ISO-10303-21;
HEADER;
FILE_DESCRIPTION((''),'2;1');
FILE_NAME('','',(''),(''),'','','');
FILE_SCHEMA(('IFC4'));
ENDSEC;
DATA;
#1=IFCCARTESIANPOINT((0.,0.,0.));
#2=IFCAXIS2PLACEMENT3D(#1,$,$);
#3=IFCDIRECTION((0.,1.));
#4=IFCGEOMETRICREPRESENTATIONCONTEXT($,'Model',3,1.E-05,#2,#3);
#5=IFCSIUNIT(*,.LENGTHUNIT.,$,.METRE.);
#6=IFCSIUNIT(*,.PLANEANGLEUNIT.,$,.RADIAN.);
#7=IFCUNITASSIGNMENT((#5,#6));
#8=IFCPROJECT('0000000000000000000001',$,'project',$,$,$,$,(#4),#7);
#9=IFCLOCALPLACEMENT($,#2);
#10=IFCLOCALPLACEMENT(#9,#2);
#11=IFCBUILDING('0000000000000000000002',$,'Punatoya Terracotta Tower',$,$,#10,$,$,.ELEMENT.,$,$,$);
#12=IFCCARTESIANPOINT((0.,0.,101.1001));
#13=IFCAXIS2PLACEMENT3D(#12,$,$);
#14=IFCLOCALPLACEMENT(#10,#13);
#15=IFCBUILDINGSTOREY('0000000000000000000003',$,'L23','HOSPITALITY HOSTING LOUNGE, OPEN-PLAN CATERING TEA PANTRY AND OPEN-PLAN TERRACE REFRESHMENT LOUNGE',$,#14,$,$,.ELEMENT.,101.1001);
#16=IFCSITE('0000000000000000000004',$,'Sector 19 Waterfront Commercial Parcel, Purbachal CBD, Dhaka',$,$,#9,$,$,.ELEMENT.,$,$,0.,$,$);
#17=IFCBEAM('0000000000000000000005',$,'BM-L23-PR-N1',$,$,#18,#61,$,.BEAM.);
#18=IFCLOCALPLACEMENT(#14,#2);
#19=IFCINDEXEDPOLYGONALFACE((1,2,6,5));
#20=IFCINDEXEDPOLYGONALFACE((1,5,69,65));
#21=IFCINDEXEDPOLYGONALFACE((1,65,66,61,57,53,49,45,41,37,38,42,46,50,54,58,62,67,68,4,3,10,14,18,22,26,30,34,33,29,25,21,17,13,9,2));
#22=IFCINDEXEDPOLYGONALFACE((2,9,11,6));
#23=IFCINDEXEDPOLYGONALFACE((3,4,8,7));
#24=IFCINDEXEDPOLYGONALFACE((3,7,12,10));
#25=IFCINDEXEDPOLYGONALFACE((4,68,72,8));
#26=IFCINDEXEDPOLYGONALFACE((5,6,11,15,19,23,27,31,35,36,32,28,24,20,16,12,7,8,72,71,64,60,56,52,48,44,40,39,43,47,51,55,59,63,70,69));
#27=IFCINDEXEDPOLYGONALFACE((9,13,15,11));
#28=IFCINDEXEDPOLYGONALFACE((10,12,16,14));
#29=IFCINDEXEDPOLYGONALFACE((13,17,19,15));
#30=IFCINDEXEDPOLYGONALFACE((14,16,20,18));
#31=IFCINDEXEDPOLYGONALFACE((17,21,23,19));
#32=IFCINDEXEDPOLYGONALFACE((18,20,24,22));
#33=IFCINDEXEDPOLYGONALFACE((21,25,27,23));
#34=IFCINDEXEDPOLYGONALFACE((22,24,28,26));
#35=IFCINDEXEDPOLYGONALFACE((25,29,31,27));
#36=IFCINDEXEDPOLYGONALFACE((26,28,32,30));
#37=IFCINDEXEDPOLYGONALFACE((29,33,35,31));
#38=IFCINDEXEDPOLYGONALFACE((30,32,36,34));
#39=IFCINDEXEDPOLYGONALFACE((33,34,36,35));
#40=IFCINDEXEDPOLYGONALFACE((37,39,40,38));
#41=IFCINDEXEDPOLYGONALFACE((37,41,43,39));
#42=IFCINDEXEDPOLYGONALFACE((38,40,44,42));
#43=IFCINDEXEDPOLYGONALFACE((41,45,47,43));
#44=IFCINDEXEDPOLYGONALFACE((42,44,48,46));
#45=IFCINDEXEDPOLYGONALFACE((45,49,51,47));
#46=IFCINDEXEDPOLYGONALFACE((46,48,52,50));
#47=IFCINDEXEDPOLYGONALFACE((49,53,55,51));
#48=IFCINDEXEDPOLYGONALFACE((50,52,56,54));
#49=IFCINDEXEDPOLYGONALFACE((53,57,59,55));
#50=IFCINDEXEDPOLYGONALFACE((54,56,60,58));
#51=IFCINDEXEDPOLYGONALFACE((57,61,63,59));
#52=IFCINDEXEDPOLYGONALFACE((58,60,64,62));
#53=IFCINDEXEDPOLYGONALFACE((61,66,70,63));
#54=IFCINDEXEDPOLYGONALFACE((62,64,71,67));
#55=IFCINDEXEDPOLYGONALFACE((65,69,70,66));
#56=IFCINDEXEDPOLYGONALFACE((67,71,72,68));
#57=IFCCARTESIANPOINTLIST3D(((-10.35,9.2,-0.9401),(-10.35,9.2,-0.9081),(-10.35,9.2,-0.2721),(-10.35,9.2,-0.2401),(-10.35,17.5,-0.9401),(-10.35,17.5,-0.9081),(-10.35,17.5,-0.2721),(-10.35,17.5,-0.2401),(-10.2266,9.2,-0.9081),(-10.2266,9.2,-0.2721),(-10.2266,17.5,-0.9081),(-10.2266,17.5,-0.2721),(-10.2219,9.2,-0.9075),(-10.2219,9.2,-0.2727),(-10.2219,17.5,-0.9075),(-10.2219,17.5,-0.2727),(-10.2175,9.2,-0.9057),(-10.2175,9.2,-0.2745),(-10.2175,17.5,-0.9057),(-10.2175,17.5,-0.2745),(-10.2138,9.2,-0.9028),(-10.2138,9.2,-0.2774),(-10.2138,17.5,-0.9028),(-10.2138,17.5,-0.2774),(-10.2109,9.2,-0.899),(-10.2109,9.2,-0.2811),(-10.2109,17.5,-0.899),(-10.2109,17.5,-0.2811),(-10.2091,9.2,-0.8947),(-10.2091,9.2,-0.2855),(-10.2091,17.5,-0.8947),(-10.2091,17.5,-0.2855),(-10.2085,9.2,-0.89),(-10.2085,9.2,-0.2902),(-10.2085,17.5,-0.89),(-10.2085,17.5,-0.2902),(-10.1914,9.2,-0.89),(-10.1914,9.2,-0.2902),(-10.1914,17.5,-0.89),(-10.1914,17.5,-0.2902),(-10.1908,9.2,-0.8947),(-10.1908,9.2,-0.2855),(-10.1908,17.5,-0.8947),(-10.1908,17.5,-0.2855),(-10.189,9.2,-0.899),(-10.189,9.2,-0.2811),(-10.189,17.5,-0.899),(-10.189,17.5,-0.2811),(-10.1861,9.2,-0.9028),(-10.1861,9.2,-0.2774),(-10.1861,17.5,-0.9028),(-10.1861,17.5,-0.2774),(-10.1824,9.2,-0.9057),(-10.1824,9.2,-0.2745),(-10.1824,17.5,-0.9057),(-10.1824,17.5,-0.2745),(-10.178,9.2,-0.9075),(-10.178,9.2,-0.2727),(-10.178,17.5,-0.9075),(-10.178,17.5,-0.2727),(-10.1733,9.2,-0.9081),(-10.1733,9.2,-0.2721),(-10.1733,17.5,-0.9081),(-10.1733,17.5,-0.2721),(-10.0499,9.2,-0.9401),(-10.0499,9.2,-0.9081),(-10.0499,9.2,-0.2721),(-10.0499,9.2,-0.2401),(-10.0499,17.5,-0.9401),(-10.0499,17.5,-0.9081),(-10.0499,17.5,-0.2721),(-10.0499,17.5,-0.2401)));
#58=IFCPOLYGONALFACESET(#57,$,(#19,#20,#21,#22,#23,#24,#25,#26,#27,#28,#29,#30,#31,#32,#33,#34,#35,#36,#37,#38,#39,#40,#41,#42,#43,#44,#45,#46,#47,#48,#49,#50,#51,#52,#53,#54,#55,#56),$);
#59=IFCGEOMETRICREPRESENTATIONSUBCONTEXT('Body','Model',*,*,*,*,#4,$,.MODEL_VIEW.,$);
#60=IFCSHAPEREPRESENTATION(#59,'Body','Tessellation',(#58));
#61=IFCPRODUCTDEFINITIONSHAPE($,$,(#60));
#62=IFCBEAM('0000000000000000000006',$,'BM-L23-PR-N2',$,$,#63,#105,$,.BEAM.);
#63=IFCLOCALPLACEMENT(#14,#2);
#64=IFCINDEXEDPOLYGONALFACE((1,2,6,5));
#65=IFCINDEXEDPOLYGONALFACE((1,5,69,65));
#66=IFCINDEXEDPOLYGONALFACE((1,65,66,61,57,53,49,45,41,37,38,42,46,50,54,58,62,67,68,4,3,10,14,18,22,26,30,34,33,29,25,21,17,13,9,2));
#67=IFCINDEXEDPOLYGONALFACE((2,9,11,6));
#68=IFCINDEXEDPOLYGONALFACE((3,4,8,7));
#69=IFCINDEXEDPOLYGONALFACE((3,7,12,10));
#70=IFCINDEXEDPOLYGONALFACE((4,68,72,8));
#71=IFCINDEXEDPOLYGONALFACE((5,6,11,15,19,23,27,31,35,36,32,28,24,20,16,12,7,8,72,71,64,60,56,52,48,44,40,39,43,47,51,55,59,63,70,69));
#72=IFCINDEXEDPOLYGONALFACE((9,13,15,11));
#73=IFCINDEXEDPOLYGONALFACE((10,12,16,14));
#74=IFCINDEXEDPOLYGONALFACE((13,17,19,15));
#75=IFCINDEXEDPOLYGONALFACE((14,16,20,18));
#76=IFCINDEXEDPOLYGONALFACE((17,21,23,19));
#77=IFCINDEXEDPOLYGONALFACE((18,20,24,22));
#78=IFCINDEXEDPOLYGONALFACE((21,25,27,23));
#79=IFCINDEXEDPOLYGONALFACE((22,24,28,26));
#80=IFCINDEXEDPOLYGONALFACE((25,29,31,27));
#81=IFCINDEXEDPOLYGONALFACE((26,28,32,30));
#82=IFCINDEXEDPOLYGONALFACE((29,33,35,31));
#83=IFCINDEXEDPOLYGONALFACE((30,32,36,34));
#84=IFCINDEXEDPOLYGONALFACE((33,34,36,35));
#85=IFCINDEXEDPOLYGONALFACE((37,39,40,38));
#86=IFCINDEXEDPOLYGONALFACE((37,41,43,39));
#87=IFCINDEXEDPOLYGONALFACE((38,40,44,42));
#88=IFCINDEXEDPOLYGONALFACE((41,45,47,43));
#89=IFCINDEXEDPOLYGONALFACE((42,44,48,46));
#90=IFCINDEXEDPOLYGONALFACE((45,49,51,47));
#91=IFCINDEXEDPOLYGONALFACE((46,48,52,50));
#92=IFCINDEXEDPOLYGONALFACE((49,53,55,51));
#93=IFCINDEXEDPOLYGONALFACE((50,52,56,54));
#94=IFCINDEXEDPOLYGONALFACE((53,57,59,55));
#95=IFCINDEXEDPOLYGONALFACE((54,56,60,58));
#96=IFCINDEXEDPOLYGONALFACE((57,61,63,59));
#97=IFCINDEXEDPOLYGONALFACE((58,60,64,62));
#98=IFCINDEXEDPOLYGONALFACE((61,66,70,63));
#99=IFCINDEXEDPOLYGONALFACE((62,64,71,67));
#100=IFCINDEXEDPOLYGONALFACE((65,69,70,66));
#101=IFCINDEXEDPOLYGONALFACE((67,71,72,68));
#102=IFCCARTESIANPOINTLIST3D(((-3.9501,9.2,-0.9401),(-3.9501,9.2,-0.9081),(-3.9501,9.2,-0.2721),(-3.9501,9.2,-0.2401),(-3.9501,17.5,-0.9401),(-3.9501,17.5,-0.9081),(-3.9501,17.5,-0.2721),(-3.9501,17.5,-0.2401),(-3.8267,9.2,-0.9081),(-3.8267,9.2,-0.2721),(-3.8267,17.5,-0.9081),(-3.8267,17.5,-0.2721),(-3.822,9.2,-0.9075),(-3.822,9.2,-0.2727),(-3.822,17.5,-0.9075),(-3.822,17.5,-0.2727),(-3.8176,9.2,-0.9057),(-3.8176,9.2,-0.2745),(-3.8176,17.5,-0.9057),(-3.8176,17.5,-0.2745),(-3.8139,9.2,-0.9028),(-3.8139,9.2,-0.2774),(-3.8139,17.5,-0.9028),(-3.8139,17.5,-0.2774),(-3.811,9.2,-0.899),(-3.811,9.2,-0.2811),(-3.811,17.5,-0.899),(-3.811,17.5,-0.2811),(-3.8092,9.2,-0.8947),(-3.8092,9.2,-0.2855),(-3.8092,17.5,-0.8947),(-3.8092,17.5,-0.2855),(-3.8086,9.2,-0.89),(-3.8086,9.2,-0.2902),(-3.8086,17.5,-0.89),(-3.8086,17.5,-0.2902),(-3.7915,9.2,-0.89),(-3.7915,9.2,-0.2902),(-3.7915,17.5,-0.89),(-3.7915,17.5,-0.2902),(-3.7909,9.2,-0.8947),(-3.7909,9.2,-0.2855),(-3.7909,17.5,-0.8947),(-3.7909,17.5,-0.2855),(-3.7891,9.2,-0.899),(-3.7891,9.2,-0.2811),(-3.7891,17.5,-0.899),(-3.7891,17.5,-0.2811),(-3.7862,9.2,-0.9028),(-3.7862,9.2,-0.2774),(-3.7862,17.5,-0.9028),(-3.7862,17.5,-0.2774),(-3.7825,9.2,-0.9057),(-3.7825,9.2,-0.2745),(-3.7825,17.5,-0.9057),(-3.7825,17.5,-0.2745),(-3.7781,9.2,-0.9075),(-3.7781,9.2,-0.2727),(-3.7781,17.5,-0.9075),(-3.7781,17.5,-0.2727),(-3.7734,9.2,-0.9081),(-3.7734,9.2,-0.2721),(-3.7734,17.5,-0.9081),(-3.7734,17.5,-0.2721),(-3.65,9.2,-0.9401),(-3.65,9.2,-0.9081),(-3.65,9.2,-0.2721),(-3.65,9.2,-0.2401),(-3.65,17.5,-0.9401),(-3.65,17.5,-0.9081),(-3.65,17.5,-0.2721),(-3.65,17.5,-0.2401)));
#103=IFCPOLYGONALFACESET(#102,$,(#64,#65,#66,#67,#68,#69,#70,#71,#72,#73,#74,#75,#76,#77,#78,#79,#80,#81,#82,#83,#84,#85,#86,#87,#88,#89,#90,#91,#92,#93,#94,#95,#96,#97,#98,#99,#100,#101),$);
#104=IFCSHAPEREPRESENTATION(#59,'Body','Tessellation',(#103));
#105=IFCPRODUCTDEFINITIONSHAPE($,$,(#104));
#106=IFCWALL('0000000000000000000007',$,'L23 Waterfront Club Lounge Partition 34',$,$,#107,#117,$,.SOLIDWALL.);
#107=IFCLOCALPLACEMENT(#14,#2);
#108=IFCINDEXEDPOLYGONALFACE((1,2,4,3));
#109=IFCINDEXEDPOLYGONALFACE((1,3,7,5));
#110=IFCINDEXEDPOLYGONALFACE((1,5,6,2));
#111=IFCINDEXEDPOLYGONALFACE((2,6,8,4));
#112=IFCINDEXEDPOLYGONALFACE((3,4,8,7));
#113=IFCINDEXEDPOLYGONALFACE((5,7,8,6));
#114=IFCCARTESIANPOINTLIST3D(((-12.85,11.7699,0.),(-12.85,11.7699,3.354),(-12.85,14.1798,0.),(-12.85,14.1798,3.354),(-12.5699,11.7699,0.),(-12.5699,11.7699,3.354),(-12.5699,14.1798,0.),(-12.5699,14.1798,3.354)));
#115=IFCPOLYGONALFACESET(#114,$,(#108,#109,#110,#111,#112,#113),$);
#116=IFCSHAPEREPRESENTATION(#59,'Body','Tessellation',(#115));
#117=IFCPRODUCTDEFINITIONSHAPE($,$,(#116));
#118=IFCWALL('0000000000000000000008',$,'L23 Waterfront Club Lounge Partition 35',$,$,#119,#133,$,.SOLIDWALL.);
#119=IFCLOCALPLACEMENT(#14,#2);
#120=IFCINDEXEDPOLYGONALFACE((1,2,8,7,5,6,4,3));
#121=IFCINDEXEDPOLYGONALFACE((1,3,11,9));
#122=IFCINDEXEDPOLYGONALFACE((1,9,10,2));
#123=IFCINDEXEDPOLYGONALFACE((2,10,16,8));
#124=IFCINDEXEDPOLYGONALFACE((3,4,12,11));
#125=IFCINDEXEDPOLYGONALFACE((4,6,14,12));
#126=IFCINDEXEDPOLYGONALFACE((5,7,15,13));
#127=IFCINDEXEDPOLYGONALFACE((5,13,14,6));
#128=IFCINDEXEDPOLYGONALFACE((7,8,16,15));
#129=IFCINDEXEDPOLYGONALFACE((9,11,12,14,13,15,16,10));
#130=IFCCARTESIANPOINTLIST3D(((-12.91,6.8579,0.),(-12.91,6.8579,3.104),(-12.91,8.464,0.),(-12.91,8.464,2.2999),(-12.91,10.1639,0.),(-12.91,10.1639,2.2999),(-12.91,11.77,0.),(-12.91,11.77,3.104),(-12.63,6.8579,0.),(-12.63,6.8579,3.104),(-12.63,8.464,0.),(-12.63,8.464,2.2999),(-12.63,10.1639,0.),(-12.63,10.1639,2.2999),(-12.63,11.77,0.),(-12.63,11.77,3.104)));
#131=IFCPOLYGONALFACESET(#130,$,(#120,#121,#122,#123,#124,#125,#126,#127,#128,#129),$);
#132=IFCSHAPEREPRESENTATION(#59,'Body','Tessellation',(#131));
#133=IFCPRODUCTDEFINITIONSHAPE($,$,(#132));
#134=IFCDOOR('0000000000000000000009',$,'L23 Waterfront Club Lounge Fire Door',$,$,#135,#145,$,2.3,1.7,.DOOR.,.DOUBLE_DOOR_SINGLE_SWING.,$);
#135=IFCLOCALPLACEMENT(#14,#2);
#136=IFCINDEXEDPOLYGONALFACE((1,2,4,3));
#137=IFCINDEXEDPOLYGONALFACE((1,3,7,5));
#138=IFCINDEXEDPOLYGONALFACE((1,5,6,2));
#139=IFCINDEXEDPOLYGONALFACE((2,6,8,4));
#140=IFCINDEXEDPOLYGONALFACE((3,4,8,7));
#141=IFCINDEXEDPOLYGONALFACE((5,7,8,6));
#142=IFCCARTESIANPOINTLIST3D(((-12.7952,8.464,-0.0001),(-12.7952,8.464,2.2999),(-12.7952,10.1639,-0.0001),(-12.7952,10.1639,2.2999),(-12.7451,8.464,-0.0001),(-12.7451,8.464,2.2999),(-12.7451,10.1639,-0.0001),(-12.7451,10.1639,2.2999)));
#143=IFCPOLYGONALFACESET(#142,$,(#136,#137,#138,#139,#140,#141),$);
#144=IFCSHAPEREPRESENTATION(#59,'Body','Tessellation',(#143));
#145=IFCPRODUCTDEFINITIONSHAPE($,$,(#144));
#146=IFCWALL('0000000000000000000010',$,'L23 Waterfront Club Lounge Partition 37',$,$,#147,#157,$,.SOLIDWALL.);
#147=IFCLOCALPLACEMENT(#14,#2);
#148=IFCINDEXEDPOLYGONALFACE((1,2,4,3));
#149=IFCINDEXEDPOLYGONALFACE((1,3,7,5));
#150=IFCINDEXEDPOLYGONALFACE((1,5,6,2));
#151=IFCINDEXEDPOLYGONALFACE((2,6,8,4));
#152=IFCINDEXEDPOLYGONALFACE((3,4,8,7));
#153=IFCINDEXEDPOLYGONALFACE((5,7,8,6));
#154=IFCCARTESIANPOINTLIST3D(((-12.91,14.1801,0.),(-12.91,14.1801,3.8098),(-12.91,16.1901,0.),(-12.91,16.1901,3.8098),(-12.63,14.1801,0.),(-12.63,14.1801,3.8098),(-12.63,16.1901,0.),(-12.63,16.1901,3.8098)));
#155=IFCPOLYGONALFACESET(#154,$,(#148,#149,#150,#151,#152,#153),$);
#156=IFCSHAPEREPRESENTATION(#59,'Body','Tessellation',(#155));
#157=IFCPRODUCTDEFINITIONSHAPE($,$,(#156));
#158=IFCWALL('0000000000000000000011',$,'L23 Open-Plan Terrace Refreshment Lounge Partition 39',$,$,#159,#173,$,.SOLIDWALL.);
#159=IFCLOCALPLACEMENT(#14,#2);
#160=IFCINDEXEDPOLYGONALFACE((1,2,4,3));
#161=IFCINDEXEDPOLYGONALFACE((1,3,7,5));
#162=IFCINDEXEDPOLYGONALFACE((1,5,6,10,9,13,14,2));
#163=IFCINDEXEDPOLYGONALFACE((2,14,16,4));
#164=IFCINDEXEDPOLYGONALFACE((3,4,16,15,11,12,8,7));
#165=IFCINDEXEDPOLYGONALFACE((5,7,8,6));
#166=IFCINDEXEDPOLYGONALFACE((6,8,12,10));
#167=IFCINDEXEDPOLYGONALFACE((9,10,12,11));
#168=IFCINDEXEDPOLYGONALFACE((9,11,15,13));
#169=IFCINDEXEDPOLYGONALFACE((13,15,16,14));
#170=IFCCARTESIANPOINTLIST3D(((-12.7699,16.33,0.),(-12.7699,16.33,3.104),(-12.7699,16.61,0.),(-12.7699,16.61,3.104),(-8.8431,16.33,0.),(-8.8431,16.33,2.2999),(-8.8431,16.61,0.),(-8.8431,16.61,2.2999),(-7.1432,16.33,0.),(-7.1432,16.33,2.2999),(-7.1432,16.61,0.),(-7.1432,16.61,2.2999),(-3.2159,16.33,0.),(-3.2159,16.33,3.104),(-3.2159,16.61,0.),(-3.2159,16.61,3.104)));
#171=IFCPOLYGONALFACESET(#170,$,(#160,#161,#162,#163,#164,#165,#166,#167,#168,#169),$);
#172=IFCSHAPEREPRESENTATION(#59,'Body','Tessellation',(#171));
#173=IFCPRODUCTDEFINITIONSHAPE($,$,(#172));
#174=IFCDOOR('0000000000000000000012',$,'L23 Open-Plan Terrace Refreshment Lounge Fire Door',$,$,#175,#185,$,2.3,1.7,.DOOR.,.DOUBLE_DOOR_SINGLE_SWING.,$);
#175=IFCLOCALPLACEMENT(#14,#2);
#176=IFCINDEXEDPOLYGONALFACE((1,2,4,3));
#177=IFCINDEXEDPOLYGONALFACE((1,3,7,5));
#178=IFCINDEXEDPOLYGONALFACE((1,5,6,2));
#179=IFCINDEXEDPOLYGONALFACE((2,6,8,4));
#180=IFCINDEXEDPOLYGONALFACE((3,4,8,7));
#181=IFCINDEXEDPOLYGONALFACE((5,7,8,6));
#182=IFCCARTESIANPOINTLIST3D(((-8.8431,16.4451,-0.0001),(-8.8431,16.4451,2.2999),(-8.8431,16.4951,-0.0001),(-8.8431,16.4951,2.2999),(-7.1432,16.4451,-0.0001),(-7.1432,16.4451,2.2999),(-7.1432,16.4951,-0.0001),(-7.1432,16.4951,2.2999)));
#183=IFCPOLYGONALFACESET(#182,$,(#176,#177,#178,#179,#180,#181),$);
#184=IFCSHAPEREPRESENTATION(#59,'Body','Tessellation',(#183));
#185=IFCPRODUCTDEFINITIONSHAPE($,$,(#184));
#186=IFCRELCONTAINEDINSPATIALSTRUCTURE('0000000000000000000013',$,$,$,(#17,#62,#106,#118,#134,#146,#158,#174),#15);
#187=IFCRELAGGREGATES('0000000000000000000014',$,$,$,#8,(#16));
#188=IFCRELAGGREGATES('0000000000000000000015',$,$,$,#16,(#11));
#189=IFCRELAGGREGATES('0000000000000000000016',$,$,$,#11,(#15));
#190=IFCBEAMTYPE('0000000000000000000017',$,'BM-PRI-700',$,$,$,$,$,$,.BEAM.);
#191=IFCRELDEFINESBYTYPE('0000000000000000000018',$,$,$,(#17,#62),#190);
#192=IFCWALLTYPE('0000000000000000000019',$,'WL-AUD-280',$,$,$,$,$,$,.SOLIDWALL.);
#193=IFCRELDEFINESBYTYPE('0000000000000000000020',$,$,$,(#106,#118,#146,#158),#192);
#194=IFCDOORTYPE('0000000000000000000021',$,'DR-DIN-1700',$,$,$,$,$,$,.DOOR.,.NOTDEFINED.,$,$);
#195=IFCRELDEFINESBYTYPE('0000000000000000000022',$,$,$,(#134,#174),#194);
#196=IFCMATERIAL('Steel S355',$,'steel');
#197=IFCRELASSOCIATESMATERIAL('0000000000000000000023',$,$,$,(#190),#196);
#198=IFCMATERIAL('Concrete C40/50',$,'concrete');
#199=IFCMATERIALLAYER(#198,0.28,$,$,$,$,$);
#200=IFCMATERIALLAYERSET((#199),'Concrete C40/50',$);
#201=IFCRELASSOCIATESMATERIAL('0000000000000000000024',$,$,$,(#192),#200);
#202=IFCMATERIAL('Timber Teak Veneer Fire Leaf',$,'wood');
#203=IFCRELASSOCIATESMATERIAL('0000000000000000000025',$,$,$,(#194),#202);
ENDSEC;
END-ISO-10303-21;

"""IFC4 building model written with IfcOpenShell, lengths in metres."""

from ifc_helpers import new_model, si_unit, direction, frame, frame_2d, origin, origin_2d, place, context, subcontext, project, spatial, rectangle, i_section, extrude, material, layer, layer_set, material_profile, profile_set, type_object, element, fill, save


model = new_model("IFC4")

# Units and contexts
model_context = context("Model", 3, precision=1e-05, world=origin(), true_north=direction((0.0, 1.0)))
body_context = subcontext(model_context, "Body", "Model", "MODEL_VIEW")
ifc_project = project(units=[si_unit("LENGTHUNIT", "METRE"), si_unit("PLANEANGLEUNIT", "RADIAN")], contexts=[model_context])

# Site, building, storey
site_placement = place(None, origin())
site = spatial("IfcSite", under=ifc_project, at=site_placement, Name="Sector 19 Waterfront Commercial Parcel, Purbachal CBD, Dhaka", CompositionType="ELEMENT", RefElevation=0.0)
building_placement = place(site_placement, origin())
building = spatial("IfcBuilding", under=site, at=building_placement, Name="Punatoya Terracotta Tower", CompositionType="ELEMENT")
storey_placement = place(building_placement, frame((0.0, 0.0, 101.1001)))
storey = spatial("IfcBuildingStorey", under=building, at=storey_placement, Name="L23", Description="HOSPITALITY HOSTING LOUNGE, OPEN-PLAN CATERING TEA PANTRY AND OPEN-PLAN TERRACE REFRESHMENT LOUNGE", CompositionType="ELEMENT", Elevation=101.1001)

# Beams
ifc_material_1 = material(Name="Steel S355", Category="steel")
ifc_material_profile = material_profile(ifc_material_1, i_section(OverallWidth=0.3, OverallDepth=0.7, WebThickness=0.0171, FlangeThickness=0.032, FilletRadius=0.0181, at=origin_2d()))
ifc_profile_set = profile_set([ifc_material_profile], Name="Steel S355")
beam_type = type_object("IfcBeamType", Name="BM-PRI-700", PredefinedType="BEAM", material=ifc_profile_set)
for number, where, z_axis, x_axis, name in (
    (1, (-10.2, 9.2, -0.5901), (0.0, 1.0, 0.0), (-1.0, 0.0, 0.0), "BM-L23-PR-N1"),
    (2, (-3.8, 9.2, -0.5901), (0.0, 1.0, 0.0), (-1.0, 0.0, 0.0), "BM-L23-PR-N2"),
):
    element("IfcBeam", number, at=place(storey_placement, frame(where, z_axis=z_axis, x_axis=x_axis)), inside=storey, type_object=beam_type, Name=name, PredefinedType="BEAM", context=body_context, shape_type="SweptSolid", body=[
        extrude(i_section(OverallWidth=0.3, OverallDepth=0.7, WebThickness=0.0171, FlangeThickness=0.032, FilletRadius=0.0181, at=origin_2d()), origin(), (0.0, 0.0, 1.0), 8.3),
    ])

# Wall
ifc_material_2 = material(Name="Concrete C40/50", Category="concrete")
ifc_layer_1 = layer(ifc_material_2, 0.28)
ifc_layer_set_1 = layer_set([ifc_layer_1], Name="Concrete C40/50")
wall_type_1 = type_object("IfcWallType", Name="WL-AUD-280", PredefinedType="SOLIDWALL", material=ifc_layer_set_1)
wall_1_placement = place(storey_placement, frame((-12.71, 14.1799, 0.0), z_axis=(0.0, 0.0, 1.0), x_axis=(0.0, -1.0, 0.0)))
element("IfcWall", 3, at=wall_1_placement, inside=storey, type_object=wall_type_1, Name="L23 Waterfront Club Lounge Partition 34", PredefinedType="SOLIDWALL", context=body_context, shape_type="SweptSolid", body=[
    extrude(rectangle(XDim=2.4099, YDim=0.28, at=frame_2d((1.2051, 0.0))), origin(), (0.0, 0.0, 1.0), 3.354),
])

# Wall, opening, door
wall_2_placement = place(storey_placement, frame((-12.77, 11.77, 0.0), z_axis=(0.0, 0.0, 1.0), x_axis=(0.0, -1.0, 0.0)))
wall_2 = element("IfcWall", 4, at=wall_2_placement, inside=storey, type_object=wall_type_1, Name="L23 Waterfront Club Lounge Partition 35", PredefinedType="SOLIDWALL", context=body_context, shape_type="SweptSolid", body=[
    extrude(rectangle(XDim=4.9121, YDim=0.28, at=frame_2d((2.4561, 0.0))), origin(), (0.0, 0.0, 1.0), 3.104),
])
opening_1_placement = place(wall_2_placement, frame((1.606, 0.0, 0.0)))
opening_1 = element("IfcOpeningElement", 5, at=opening_1_placement, cuts=wall_2, PredefinedType="OPENING", context=body_context, shape_type="SweptSolid", body=[
    extrude(rectangle(XDim=1.7, YDim=2.3, at=frame_2d((0.8501, 1.1499))), frame((0.0, 0.1499, 0.0), z_axis=(0.0, -1.0, 0.0), x_axis=(1.0, 0.0, 0.0)), (0.0, 0.0, 1.0), 0.3),
])
ifc_material_3 = material(Name="Timber Teak Veneer Fire Leaf", Category="wood")
door_type_1 = type_object("IfcDoorType", Name="DR-DIN-1700", OperationType="NOTDEFINED", PredefinedType="DOOR", material=ifc_material_3)
door_1_placement = place(opening_1_placement, origin())
door_1 = element("IfcDoor", 6, at=door_1_placement, inside=storey, type_object=door_type_1, Name="L23 Waterfront Club Lounge Fire Door", OperationType="DOUBLE_DOOR_SINGLE_SWING", OverallHeight=2.3, OverallWidth=1.7, PredefinedType="DOOR", context=body_context, shape_type="SweptSolid", body=[
    extrude(rectangle(XDim=1.7, YDim=2.3, at=frame_2d((0.8501, 1.1499))), frame((0.0, 0.0249, 0.0), z_axis=(0.0, -1.0, 0.0), x_axis=(1.0, 0.0, 0.0)), (0.0, 0.0, 1.0), 0.05),
])
fill(opening_1, door_1)

# Wall
wall_3_placement = place(storey_placement, frame((-12.77, 16.1899, 0.0), z_axis=(0.0, 0.0, 1.0), x_axis=(0.0, -1.0, 0.0)))
element("IfcWall", 7, at=wall_3_placement, inside=storey, type_object=wall_type_1, Name="L23 Waterfront Club Lounge Partition 37", PredefinedType="SOLIDWALL", context=body_context, shape_type="SweptSolid", body=[
    extrude(rectangle(XDim=2.01, YDim=0.28, at=frame_2d((1.0049, 0.0))), origin(), (0.0, 0.0, 1.0), 3.8098),
])

# Wall, opening, door
wall_4_placement = place(storey_placement, frame((-3.2161, 16.47, 0.0), z_axis=(0.0, 0.0, 1.0), x_axis=(-1.0, 0.0, 0.0)))
wall_4 = element("IfcWall", 8, at=wall_4_placement, inside=storey, type_object=wall_type_1, Name="L23 Open-Plan Terrace Refreshment Lounge Partition 39", PredefinedType="SOLIDWALL", context=body_context, shape_type="SweptSolid", body=[
    extrude(rectangle(XDim=9.554, YDim=0.28, at=frame_2d((4.7769, 0.0))), origin(), (0.0, 0.0, 1.0), 3.104),
])
opening_2_placement = place(wall_4_placement, frame((3.927, 0.0, 0.0)))
opening_2 = element("IfcOpeningElement", 9, at=opening_2_placement, cuts=wall_4, PredefinedType="OPENING", context=body_context, shape_type="SweptSolid", body=[
    extrude(rectangle(XDim=1.7, YDim=2.3, at=frame_2d((0.8501, 1.1499))), frame((0.0, 0.1499, 0.0), z_axis=(0.0, -1.0, 0.0), x_axis=(1.0, 0.0, 0.0)), (0.0, 0.0, 1.0), 0.3),
])
door_2_placement = place(opening_2_placement, origin())
door_2 = element("IfcDoor", 10, at=door_2_placement, inside=storey, type_object=door_type_1, Name="L23 Open-Plan Terrace Refreshment Lounge Fire Door", OperationType="DOUBLE_DOOR_SINGLE_SWING", OverallHeight=2.3, OverallWidth=1.7, PredefinedType="DOOR", context=body_context, shape_type="SweptSolid", body=[
    extrude(rectangle(XDim=1.7, YDim=2.3, at=frame_2d((0.8501, 1.1499))), frame((0.0, 0.0249, 0.0), z_axis=(0.0, -1.0, 0.0), x_axis=(1.0, 0.0, 0.0)), (0.0, 0.0, 1.0), 0.05),
])
fill(opening_2, door_2)

save(model, "model.ifc")
